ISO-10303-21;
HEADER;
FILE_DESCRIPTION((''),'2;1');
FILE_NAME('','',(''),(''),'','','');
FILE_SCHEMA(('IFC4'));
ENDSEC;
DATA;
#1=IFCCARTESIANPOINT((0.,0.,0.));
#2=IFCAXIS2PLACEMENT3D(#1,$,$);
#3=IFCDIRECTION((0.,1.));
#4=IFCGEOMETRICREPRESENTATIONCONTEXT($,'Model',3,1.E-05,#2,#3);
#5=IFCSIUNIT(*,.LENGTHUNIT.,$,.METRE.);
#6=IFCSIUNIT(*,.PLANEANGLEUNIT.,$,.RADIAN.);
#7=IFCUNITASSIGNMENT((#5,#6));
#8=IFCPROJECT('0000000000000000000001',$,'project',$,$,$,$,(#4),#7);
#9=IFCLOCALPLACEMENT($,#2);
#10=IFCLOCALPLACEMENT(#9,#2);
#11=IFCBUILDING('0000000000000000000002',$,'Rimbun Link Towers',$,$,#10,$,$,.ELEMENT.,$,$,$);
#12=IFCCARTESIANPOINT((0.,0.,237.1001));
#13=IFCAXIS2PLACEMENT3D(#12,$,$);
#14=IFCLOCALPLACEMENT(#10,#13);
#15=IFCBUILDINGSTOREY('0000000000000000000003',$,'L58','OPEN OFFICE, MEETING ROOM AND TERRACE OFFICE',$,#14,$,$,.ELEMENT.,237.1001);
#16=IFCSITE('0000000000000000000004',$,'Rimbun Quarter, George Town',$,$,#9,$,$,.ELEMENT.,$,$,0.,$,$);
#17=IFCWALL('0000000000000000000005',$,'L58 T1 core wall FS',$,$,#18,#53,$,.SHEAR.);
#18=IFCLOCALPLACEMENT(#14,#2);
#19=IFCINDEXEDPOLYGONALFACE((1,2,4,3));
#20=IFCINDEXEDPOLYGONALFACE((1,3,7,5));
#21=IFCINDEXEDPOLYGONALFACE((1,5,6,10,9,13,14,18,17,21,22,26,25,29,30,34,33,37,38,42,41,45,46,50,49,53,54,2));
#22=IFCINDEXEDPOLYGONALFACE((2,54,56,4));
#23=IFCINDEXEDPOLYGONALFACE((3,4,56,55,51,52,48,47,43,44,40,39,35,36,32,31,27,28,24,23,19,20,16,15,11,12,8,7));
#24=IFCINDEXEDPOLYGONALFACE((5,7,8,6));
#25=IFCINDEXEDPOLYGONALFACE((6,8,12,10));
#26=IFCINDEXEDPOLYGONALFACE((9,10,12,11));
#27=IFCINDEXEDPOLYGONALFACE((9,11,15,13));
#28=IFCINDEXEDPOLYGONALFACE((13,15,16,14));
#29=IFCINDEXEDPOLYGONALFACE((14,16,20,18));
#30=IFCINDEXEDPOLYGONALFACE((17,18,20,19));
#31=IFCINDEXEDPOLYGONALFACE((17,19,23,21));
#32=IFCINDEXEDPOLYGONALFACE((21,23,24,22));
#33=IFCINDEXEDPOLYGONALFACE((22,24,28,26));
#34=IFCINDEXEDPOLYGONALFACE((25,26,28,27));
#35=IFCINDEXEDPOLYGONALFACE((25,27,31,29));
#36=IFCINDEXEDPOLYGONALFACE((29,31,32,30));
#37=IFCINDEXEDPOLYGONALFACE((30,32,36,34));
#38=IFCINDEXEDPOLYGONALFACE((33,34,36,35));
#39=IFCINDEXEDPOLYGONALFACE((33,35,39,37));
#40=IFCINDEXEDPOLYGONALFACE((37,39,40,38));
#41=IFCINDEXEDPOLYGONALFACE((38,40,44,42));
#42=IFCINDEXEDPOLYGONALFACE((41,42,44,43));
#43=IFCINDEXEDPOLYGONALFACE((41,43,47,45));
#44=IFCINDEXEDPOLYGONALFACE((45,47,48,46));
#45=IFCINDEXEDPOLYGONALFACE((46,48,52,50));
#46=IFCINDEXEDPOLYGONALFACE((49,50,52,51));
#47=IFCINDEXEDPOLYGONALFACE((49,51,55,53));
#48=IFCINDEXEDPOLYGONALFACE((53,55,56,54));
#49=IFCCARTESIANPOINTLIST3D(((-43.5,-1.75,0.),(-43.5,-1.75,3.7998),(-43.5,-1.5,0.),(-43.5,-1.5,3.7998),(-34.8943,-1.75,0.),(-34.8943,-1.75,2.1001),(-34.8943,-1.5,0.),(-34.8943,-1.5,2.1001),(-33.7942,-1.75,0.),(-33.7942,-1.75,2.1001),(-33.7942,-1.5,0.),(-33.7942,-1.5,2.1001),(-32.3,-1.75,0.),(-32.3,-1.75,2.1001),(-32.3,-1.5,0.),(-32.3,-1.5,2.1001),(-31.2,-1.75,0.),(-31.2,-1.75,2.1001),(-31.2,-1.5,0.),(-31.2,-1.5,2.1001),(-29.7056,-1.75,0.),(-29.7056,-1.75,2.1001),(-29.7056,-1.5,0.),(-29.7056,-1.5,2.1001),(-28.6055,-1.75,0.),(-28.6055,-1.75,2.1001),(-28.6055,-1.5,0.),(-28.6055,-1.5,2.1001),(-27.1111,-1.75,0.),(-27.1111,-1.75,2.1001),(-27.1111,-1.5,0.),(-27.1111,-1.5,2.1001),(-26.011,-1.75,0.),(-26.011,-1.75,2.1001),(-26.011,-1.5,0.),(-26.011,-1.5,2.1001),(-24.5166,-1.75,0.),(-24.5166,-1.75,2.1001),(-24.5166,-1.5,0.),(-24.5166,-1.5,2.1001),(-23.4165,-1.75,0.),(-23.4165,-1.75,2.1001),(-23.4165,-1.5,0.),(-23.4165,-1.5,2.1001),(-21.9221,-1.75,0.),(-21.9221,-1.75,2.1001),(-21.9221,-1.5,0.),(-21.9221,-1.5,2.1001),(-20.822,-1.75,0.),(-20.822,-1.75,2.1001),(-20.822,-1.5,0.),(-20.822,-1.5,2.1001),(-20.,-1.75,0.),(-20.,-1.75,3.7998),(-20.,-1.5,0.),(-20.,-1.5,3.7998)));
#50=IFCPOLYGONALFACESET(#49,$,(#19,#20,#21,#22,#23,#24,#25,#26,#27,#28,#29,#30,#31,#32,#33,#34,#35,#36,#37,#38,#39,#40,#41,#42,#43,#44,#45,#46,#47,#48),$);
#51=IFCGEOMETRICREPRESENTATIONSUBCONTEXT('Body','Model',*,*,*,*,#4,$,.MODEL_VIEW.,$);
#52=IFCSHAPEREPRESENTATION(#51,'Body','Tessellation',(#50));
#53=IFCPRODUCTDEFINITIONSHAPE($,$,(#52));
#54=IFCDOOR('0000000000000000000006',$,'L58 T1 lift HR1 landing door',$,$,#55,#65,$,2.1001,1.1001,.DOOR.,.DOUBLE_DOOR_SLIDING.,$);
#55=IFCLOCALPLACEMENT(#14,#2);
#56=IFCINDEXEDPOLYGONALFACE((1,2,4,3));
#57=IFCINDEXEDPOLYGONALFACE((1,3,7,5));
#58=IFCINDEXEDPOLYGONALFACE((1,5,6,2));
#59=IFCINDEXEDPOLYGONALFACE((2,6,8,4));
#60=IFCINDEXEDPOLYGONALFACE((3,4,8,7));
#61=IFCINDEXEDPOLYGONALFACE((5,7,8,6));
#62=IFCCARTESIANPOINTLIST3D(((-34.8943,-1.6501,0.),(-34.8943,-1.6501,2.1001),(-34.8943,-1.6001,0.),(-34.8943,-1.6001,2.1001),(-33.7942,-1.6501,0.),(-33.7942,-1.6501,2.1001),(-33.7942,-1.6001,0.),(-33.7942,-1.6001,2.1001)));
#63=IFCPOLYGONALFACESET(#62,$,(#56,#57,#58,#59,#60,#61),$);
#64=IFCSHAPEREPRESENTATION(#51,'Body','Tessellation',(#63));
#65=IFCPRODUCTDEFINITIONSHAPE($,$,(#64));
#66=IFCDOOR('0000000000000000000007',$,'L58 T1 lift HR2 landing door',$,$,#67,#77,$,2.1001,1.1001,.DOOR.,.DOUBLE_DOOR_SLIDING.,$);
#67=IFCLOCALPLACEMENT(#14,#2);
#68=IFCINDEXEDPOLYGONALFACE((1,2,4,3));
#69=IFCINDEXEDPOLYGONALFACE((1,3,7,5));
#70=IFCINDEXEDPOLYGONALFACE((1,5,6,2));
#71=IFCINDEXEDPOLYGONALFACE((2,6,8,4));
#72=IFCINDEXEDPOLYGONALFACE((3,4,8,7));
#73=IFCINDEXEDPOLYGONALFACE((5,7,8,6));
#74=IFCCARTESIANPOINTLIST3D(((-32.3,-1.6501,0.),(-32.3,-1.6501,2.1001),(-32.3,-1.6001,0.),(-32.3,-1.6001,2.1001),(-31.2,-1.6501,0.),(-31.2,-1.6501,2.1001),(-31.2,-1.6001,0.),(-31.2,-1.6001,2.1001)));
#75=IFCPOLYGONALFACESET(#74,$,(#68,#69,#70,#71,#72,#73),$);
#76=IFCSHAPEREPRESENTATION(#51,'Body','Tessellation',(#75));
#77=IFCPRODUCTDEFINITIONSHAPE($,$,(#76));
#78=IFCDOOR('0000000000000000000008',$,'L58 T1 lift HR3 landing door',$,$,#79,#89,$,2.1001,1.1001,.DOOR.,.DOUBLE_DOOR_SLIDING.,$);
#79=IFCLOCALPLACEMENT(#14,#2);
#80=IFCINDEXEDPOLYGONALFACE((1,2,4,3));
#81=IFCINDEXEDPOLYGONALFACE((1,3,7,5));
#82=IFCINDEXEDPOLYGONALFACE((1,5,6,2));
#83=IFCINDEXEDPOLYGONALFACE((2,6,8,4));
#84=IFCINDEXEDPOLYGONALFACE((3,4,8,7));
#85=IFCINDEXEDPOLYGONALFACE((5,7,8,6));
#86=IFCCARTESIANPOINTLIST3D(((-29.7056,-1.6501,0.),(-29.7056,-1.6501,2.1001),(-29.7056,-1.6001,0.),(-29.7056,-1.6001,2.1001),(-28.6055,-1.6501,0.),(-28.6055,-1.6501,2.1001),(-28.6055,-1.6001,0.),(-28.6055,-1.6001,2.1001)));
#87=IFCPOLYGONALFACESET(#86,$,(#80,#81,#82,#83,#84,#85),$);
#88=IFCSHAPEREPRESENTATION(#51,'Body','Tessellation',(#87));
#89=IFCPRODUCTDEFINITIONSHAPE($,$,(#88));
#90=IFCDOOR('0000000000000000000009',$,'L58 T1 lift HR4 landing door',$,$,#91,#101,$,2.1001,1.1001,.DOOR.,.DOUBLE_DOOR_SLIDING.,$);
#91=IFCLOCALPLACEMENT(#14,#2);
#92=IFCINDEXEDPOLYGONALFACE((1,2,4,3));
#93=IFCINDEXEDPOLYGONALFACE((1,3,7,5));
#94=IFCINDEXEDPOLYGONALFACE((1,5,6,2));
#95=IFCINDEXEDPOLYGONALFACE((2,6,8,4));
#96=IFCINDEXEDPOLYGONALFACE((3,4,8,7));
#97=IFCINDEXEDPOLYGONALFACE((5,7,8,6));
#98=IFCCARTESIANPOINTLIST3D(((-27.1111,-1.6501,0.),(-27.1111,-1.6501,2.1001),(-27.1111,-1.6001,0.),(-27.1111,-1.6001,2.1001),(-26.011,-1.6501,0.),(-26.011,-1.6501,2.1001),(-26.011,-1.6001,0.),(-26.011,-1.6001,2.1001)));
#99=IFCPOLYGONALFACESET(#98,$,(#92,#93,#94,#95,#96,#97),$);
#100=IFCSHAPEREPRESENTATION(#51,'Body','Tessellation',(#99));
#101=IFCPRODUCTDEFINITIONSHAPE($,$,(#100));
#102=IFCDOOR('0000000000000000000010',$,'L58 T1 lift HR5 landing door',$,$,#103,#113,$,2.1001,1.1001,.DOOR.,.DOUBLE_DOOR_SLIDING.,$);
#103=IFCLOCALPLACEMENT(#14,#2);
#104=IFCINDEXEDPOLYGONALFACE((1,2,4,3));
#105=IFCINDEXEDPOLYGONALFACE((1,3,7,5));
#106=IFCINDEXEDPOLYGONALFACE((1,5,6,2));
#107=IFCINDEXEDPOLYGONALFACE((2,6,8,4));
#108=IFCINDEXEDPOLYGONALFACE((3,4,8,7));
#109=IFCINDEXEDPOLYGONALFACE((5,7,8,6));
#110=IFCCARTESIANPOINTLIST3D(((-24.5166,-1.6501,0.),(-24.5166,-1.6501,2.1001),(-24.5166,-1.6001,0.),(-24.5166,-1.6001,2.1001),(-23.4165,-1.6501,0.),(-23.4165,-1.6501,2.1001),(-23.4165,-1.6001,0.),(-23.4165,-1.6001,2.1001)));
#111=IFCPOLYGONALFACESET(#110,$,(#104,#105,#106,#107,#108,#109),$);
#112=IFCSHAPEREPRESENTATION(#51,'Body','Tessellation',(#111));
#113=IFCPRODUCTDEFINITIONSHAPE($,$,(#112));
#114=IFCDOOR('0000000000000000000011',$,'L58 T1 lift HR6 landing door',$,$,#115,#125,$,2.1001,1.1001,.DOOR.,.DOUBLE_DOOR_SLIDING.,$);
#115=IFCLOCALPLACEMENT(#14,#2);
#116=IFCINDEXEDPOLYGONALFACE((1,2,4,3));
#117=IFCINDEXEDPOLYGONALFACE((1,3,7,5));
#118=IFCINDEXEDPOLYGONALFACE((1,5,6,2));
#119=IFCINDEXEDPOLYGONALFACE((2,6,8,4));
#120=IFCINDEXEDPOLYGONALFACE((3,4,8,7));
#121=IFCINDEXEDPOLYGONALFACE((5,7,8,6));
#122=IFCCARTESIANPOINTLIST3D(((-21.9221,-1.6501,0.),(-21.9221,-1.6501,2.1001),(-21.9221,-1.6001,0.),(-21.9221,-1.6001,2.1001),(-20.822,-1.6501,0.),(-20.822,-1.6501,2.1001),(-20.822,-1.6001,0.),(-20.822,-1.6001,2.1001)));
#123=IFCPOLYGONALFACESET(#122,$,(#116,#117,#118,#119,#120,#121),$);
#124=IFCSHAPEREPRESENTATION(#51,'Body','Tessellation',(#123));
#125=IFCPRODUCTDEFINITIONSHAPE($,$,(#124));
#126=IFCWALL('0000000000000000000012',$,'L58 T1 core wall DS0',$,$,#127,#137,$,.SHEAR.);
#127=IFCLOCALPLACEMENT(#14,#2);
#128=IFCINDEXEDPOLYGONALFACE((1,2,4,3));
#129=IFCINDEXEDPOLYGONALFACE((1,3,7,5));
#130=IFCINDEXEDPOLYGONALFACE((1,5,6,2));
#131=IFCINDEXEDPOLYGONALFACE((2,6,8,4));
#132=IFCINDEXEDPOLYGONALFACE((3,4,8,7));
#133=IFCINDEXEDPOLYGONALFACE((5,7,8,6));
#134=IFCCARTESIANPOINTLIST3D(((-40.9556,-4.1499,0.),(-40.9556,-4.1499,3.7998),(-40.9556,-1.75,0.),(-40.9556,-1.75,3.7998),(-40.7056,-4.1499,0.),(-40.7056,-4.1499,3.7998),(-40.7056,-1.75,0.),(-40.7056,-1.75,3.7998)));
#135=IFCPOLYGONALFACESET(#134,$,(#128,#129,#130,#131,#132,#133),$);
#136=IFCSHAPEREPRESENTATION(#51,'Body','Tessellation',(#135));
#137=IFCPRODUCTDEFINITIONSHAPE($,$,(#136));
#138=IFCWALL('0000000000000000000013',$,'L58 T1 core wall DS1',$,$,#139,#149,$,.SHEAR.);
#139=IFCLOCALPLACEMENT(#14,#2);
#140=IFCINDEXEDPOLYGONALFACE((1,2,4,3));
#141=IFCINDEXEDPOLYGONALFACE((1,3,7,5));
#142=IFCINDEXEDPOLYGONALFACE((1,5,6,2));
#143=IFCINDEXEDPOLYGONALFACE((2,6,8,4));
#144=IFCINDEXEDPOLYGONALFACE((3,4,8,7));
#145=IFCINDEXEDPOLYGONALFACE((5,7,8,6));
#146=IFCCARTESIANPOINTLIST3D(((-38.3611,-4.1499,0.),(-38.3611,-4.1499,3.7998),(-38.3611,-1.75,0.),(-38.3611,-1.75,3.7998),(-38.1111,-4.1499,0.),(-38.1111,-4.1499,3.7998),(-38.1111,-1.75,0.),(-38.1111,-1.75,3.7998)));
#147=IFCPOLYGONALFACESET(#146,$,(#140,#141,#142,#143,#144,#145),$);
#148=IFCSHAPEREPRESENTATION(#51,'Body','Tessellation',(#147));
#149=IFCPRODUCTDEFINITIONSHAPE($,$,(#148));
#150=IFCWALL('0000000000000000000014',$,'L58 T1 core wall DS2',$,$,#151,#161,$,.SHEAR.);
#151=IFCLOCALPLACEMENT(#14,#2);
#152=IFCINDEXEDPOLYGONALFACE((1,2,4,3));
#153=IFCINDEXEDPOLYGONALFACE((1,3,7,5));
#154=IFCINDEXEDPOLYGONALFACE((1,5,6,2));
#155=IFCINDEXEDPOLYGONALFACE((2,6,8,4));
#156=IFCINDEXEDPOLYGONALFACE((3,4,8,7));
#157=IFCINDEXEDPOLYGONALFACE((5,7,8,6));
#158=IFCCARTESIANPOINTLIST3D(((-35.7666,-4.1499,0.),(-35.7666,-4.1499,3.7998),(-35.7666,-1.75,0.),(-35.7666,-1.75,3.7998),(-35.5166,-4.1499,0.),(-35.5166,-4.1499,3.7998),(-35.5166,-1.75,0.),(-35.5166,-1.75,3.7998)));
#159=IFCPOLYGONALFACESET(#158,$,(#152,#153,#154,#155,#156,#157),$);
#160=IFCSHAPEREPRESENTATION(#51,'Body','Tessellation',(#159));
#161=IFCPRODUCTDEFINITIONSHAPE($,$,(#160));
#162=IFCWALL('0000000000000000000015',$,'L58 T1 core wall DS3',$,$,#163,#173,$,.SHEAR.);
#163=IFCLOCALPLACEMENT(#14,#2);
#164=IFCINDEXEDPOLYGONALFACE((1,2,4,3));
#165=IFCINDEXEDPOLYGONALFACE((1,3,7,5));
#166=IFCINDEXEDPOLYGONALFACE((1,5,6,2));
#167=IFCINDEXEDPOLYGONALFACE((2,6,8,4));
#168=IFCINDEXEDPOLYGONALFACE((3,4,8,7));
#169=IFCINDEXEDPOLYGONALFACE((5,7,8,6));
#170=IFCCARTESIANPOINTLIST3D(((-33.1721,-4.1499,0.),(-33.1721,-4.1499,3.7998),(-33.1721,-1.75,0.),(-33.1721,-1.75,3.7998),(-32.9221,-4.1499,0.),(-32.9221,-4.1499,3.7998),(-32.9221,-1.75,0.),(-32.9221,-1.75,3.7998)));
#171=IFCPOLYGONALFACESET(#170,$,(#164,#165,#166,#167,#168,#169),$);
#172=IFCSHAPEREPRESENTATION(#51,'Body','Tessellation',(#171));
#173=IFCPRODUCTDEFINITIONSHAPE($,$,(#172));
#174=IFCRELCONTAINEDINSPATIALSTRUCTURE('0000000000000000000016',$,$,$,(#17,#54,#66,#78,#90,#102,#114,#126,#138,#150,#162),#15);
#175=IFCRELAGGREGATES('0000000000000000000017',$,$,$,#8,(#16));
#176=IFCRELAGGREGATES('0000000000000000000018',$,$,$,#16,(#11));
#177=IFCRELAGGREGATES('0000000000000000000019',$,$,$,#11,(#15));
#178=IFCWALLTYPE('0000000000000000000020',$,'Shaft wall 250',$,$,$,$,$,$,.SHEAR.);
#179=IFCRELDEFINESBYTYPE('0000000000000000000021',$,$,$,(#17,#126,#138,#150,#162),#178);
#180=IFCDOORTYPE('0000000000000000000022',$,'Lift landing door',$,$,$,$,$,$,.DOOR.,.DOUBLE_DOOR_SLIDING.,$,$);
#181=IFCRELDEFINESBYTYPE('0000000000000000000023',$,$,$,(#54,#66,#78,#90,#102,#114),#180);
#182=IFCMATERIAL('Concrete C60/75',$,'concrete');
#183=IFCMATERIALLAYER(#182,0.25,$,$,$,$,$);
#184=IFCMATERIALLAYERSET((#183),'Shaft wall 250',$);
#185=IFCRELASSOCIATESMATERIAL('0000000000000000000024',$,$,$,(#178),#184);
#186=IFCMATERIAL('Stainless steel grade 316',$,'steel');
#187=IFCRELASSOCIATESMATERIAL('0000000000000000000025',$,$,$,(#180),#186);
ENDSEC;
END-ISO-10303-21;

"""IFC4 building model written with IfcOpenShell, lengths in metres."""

from ifc_helpers import new_model, si_unit, direction, frame, frame_2d, origin, place, context, subcontext, project, spatial, rectangle, extrude, material, layer, layer_set, type_object, element, fill, save


model = new_model("IFC4")

# Units and contexts
model_context = context("Model", 3, precision=1e-05, world=origin(), true_north=direction((0.0, 1.0)))
body_context = subcontext(model_context, "Body", "Model", "MODEL_VIEW")
ifc_project = project(units=[si_unit("LENGTHUNIT", "METRE"), si_unit("PLANEANGLEUNIT", "RADIAN")], contexts=[model_context])

# Site, building, storey
site_placement = place(None, origin())
site = spatial("IfcSite", under=ifc_project, at=site_placement, Name="Rimbun Quarter, George Town", CompositionType="ELEMENT", RefElevation=0.0)
building_placement = place(site_placement, origin())
building = spatial("IfcBuilding", under=site, at=building_placement, Name="Rimbun Link Towers", CompositionType="ELEMENT")
storey_placement = place(building_placement, frame((0.0, 0.0, 237.1001)))
storey = spatial("IfcBuildingStorey", under=building, at=storey_placement, Name="L58", Description="OPEN OFFICE, MEETING ROOM AND TERRACE OFFICE", CompositionType="ELEMENT", Elevation=237.1001)

# Shared definitions
ifc_material_1 = material(Name="Concrete C60/75", Category="concrete")
ifc_layer_1 = layer(ifc_material_1, 0.25)
ifc_layer_set_1 = layer_set([ifc_layer_1], Name="Shaft wall 250")
wall_type_1 = type_object("IfcWallType", Name="Shaft wall 250", PredefinedType="SHEAR", material=ifc_layer_set_1)

# Wall, openings, doors
wall_1_placement = place(storey_placement, frame((-43.5, -1.625, 0.0), z_axis=(0.0, 0.0, 1.0), x_axis=(1.0, 0.0, 0.0)))
wall_1 = element("IfcWall", 1, at=wall_1_placement, inside=storey, type_object=wall_type_1, Name="L58 T1 core wall FS", PredefinedType="SHEAR", context=body_context, shape_type="SweptSolid", body=[
    extrude(rectangle(XDim=23.5, YDim=0.25, at=frame_2d((11.75, 0.0))), origin(), (0.0, 0.0, 1.0), 3.7998),
])
opening_1_placement = place(wall_1_placement, frame((8.6057, 0.0, 0.0)))
opening_1 = element("IfcOpeningElement", 2, at=opening_1_placement, cuts=wall_1, PredefinedType="OPENING", context=body_context, shape_type="SweptSolid", body=[
    extrude(rectangle(XDim=1.1001, YDim=2.1001, at=frame_2d((0.55, 1.05))), frame((0.0, 0.135, 0.0), z_axis=(0.0, -1.0, 0.0), x_axis=(1.0, 0.0, 0.0)), (0.0, 0.0, 1.0), 0.27),
])
opening_2_placement = place(wall_1_placement, frame((11.2, 0.0, 0.0)))
opening_2 = element("IfcOpeningElement", 3, at=opening_2_placement, cuts=wall_1, PredefinedType="OPENING", context=body_context, shape_type="SweptSolid", body=[
    extrude(rectangle(XDim=1.1001, YDim=2.1001, at=frame_2d((0.55, 1.05))), frame((0.0, 0.135, 0.0), z_axis=(0.0, -1.0, 0.0), x_axis=(1.0, 0.0, 0.0)), (0.0, 0.0, 1.0), 0.27),
])
opening_3_placement = place(wall_1_placement, frame((13.7944, 0.0, 0.0)))
opening_3 = element("IfcOpeningElement", 4, at=opening_3_placement, cuts=wall_1, PredefinedType="OPENING", context=body_context, shape_type="SweptSolid", body=[
    extrude(rectangle(XDim=1.1001, YDim=2.1001, at=frame_2d((0.55, 1.05))), frame((0.0, 0.135, 0.0), z_axis=(0.0, -1.0, 0.0), x_axis=(1.0, 0.0, 0.0)), (0.0, 0.0, 1.0), 0.27),
])
opening_4_placement = place(wall_1_placement, frame((16.3889, 0.0, 0.0)))
opening_4 = element("IfcOpeningElement", 5, at=opening_4_placement, cuts=wall_1, PredefinedType="OPENING", context=body_context, shape_type="SweptSolid", body=[
    extrude(rectangle(XDim=1.1001, YDim=2.1001, at=frame_2d((0.55, 1.05))), frame((0.0, 0.135, 0.0), z_axis=(0.0, -1.0, 0.0), x_axis=(1.0, 0.0, 0.0)), (0.0, 0.0, 1.0), 0.27),
])
opening_5_placement = place(wall_1_placement, frame((18.9834, 0.0, 0.0)))
opening_5 = element("IfcOpeningElement", 6, at=opening_5_placement, cuts=wall_1, PredefinedType="OPENING", context=body_context, shape_type="SweptSolid", body=[
    extrude(rectangle(XDim=1.1001, YDim=2.1001, at=frame_2d((0.55, 1.05))), frame((0.0, 0.135, 0.0), z_axis=(0.0, -1.0, 0.0), x_axis=(1.0, 0.0, 0.0)), (0.0, 0.0, 1.0), 0.27),
])
opening_6_placement = place(wall_1_placement, frame((21.5779, 0.0, 0.0)))
opening_6 = element("IfcOpeningElement", 7, at=opening_6_placement, cuts=wall_1, PredefinedType="OPENING", context=body_context, shape_type="SweptSolid", body=[
    extrude(rectangle(XDim=1.1001, YDim=2.1001, at=frame_2d((0.55, 1.05))), frame((0.0, 0.135, 0.0), z_axis=(0.0, -1.0, 0.0), x_axis=(1.0, 0.0, 0.0)), (0.0, 0.0, 1.0), 0.27),
])
ifc_material_2 = material(Name="Stainless steel grade 316", Category="steel")
door_type_1 = type_object("IfcDoorType", Name="Lift landing door", OperationType="DOUBLE_DOOR_SLIDING", PredefinedType="DOOR", material=ifc_material_2)
door_1_placement = place(opening_1_placement, origin())
door_1 = element("IfcDoor", 8, at=door_1_placement, inside=storey, type_object=door_type_1, Name="L58 T1 lift HR1 landing door", OperationType="DOUBLE_DOOR_SLIDING", OverallHeight=2.1001, OverallWidth=1.1001, PredefinedType="DOOR", context=body_context, shape_type="SweptSolid", body=[
    extrude(rectangle(XDim=1.1001, YDim=2.1001, at=frame_2d((0.55, 1.05))), frame((0.0, 0.0249, 0.0), z_axis=(0.0, -1.0, 0.0), x_axis=(1.0, 0.0, 0.0)), (0.0, 0.0, 1.0), 0.05),
])
fill(opening_1, door_1)
door_2_placement = place(opening_2_placement, origin())
door_2 = element("IfcDoor", 9, at=door_2_placement, inside=storey, type_object=door_type_1, Name="L58 T1 lift HR2 landing door", OperationType="DOUBLE_DOOR_SLIDING", OverallHeight=2.1001, OverallWidth=1.1001, PredefinedType="DOOR", context=body_context, shape_type="SweptSolid", body=[
    extrude(rectangle(XDim=1.1001, YDim=2.1001, at=frame_2d((0.55, 1.05))), frame((0.0, 0.0249, 0.0), z_axis=(0.0, -1.0, 0.0), x_axis=(1.0, 0.0, 0.0)), (0.0, 0.0, 1.0), 0.05),
])
fill(opening_2, door_2)
door_3_placement = place(opening_3_placement, origin())
door_3 = element("IfcDoor", 10, at=door_3_placement, inside=storey, type_object=door_type_1, Name="L58 T1 lift HR3 landing door", OperationType="DOUBLE_DOOR_SLIDING", OverallHeight=2.1001, OverallWidth=1.1001, PredefinedType="DOOR", context=body_context, shape_type="SweptSolid", body=[
    extrude(rectangle(XDim=1.1001, YDim=2.1001, at=frame_2d((0.55, 1.05))), frame((0.0, 0.0249, 0.0), z_axis=(0.0, -1.0, 0.0), x_axis=(1.0, 0.0, 0.0)), (0.0, 0.0, 1.0), 0.05),
])
fill(opening_3, door_3)
door_4_placement = place(opening_4_placement, origin())
door_4 = element("IfcDoor", 11, at=door_4_placement, inside=storey, type_object=door_type_1, Name="L58 T1 lift HR4 landing door", OperationType="DOUBLE_DOOR_SLIDING", OverallHeight=2.1001, OverallWidth=1.1001, PredefinedType="DOOR", context=body_context, shape_type="SweptSolid", body=[
    extrude(rectangle(XDim=1.1001, YDim=2.1001, at=frame_2d((0.55, 1.05))), frame((0.0, 0.0249, 0.0), z_axis=(0.0, -1.0, 0.0), x_axis=(1.0, 0.0, 0.0)), (0.0, 0.0, 1.0), 0.05),
])
fill(opening_4, door_4)
door_5_placement = place(opening_5_placement, origin())
door_5 = element("IfcDoor", 12, at=door_5_placement, inside=storey, type_object=door_type_1, Name="L58 T1 lift HR5 landing door", OperationType="DOUBLE_DOOR_SLIDING", OverallHeight=2.1001, OverallWidth=1.1001, PredefinedType="DOOR", context=body_context, shape_type="SweptSolid", body=[
    extrude(rectangle(XDim=1.1001, YDim=2.1001, at=frame_2d((0.55, 1.05))), frame((0.0, 0.0249, 0.0), z_axis=(0.0, -1.0, 0.0), x_axis=(1.0, 0.0, 0.0)), (0.0, 0.0, 1.0), 0.05),
])
fill(opening_5, door_5)
door_6_placement = place(opening_6_placement, origin())
door_6 = element("IfcDoor", 13, at=door_6_placement, inside=storey, type_object=door_type_1, Name="L58 T1 lift HR6 landing door", OperationType="DOUBLE_DOOR_SLIDING", OverallHeight=2.1001, OverallWidth=1.1001, PredefinedType="DOOR", context=body_context, shape_type="SweptSolid", body=[
    extrude(rectangle(XDim=1.1001, YDim=2.1001, at=frame_2d((0.55, 1.05))), frame((0.0, 0.0249, 0.0), z_axis=(0.0, -1.0, 0.0), x_axis=(1.0, 0.0, 0.0)), (0.0, 0.0, 1.0), 0.05),
])
fill(opening_6, door_6)

# Walls
for number, where, z_axis, x_axis, name in (
    (14, (-40.8306, -4.1499, 0.0), (0.0, 0.0, 1.0), (0.0, 1.0, 0.0), "L58 T1 core wall DS0"),
    (15, (-38.2361, -4.1499, 0.0), (0.0, 0.0, 1.0), (0.0, 1.0, 0.0), "L58 T1 core wall DS1"),
    (16, (-35.6416, -4.1499, 0.0), (0.0, 0.0, 1.0), (0.0, 1.0, 0.0), "L58 T1 core wall DS2"),
    (17, (-33.0471, -4.1499, 0.0), (0.0, 0.0, 1.0), (0.0, 1.0, 0.0), "L58 T1 core wall DS3"),
):
    element("IfcWall", number, at=place(storey_placement, frame(where, z_axis=z_axis, x_axis=x_axis)), inside=storey, type_object=wall_type_1, Name=name, PredefinedType="SHEAR", context=body_context, shape_type="SweptSolid", body=[
        extrude(rectangle(XDim=2.3999, YDim=0.25, at=frame_2d((1.2, 0.0))), origin(), (0.0, 0.0, 1.0), 3.7998),
    ])

save(model, "model.ifc")
